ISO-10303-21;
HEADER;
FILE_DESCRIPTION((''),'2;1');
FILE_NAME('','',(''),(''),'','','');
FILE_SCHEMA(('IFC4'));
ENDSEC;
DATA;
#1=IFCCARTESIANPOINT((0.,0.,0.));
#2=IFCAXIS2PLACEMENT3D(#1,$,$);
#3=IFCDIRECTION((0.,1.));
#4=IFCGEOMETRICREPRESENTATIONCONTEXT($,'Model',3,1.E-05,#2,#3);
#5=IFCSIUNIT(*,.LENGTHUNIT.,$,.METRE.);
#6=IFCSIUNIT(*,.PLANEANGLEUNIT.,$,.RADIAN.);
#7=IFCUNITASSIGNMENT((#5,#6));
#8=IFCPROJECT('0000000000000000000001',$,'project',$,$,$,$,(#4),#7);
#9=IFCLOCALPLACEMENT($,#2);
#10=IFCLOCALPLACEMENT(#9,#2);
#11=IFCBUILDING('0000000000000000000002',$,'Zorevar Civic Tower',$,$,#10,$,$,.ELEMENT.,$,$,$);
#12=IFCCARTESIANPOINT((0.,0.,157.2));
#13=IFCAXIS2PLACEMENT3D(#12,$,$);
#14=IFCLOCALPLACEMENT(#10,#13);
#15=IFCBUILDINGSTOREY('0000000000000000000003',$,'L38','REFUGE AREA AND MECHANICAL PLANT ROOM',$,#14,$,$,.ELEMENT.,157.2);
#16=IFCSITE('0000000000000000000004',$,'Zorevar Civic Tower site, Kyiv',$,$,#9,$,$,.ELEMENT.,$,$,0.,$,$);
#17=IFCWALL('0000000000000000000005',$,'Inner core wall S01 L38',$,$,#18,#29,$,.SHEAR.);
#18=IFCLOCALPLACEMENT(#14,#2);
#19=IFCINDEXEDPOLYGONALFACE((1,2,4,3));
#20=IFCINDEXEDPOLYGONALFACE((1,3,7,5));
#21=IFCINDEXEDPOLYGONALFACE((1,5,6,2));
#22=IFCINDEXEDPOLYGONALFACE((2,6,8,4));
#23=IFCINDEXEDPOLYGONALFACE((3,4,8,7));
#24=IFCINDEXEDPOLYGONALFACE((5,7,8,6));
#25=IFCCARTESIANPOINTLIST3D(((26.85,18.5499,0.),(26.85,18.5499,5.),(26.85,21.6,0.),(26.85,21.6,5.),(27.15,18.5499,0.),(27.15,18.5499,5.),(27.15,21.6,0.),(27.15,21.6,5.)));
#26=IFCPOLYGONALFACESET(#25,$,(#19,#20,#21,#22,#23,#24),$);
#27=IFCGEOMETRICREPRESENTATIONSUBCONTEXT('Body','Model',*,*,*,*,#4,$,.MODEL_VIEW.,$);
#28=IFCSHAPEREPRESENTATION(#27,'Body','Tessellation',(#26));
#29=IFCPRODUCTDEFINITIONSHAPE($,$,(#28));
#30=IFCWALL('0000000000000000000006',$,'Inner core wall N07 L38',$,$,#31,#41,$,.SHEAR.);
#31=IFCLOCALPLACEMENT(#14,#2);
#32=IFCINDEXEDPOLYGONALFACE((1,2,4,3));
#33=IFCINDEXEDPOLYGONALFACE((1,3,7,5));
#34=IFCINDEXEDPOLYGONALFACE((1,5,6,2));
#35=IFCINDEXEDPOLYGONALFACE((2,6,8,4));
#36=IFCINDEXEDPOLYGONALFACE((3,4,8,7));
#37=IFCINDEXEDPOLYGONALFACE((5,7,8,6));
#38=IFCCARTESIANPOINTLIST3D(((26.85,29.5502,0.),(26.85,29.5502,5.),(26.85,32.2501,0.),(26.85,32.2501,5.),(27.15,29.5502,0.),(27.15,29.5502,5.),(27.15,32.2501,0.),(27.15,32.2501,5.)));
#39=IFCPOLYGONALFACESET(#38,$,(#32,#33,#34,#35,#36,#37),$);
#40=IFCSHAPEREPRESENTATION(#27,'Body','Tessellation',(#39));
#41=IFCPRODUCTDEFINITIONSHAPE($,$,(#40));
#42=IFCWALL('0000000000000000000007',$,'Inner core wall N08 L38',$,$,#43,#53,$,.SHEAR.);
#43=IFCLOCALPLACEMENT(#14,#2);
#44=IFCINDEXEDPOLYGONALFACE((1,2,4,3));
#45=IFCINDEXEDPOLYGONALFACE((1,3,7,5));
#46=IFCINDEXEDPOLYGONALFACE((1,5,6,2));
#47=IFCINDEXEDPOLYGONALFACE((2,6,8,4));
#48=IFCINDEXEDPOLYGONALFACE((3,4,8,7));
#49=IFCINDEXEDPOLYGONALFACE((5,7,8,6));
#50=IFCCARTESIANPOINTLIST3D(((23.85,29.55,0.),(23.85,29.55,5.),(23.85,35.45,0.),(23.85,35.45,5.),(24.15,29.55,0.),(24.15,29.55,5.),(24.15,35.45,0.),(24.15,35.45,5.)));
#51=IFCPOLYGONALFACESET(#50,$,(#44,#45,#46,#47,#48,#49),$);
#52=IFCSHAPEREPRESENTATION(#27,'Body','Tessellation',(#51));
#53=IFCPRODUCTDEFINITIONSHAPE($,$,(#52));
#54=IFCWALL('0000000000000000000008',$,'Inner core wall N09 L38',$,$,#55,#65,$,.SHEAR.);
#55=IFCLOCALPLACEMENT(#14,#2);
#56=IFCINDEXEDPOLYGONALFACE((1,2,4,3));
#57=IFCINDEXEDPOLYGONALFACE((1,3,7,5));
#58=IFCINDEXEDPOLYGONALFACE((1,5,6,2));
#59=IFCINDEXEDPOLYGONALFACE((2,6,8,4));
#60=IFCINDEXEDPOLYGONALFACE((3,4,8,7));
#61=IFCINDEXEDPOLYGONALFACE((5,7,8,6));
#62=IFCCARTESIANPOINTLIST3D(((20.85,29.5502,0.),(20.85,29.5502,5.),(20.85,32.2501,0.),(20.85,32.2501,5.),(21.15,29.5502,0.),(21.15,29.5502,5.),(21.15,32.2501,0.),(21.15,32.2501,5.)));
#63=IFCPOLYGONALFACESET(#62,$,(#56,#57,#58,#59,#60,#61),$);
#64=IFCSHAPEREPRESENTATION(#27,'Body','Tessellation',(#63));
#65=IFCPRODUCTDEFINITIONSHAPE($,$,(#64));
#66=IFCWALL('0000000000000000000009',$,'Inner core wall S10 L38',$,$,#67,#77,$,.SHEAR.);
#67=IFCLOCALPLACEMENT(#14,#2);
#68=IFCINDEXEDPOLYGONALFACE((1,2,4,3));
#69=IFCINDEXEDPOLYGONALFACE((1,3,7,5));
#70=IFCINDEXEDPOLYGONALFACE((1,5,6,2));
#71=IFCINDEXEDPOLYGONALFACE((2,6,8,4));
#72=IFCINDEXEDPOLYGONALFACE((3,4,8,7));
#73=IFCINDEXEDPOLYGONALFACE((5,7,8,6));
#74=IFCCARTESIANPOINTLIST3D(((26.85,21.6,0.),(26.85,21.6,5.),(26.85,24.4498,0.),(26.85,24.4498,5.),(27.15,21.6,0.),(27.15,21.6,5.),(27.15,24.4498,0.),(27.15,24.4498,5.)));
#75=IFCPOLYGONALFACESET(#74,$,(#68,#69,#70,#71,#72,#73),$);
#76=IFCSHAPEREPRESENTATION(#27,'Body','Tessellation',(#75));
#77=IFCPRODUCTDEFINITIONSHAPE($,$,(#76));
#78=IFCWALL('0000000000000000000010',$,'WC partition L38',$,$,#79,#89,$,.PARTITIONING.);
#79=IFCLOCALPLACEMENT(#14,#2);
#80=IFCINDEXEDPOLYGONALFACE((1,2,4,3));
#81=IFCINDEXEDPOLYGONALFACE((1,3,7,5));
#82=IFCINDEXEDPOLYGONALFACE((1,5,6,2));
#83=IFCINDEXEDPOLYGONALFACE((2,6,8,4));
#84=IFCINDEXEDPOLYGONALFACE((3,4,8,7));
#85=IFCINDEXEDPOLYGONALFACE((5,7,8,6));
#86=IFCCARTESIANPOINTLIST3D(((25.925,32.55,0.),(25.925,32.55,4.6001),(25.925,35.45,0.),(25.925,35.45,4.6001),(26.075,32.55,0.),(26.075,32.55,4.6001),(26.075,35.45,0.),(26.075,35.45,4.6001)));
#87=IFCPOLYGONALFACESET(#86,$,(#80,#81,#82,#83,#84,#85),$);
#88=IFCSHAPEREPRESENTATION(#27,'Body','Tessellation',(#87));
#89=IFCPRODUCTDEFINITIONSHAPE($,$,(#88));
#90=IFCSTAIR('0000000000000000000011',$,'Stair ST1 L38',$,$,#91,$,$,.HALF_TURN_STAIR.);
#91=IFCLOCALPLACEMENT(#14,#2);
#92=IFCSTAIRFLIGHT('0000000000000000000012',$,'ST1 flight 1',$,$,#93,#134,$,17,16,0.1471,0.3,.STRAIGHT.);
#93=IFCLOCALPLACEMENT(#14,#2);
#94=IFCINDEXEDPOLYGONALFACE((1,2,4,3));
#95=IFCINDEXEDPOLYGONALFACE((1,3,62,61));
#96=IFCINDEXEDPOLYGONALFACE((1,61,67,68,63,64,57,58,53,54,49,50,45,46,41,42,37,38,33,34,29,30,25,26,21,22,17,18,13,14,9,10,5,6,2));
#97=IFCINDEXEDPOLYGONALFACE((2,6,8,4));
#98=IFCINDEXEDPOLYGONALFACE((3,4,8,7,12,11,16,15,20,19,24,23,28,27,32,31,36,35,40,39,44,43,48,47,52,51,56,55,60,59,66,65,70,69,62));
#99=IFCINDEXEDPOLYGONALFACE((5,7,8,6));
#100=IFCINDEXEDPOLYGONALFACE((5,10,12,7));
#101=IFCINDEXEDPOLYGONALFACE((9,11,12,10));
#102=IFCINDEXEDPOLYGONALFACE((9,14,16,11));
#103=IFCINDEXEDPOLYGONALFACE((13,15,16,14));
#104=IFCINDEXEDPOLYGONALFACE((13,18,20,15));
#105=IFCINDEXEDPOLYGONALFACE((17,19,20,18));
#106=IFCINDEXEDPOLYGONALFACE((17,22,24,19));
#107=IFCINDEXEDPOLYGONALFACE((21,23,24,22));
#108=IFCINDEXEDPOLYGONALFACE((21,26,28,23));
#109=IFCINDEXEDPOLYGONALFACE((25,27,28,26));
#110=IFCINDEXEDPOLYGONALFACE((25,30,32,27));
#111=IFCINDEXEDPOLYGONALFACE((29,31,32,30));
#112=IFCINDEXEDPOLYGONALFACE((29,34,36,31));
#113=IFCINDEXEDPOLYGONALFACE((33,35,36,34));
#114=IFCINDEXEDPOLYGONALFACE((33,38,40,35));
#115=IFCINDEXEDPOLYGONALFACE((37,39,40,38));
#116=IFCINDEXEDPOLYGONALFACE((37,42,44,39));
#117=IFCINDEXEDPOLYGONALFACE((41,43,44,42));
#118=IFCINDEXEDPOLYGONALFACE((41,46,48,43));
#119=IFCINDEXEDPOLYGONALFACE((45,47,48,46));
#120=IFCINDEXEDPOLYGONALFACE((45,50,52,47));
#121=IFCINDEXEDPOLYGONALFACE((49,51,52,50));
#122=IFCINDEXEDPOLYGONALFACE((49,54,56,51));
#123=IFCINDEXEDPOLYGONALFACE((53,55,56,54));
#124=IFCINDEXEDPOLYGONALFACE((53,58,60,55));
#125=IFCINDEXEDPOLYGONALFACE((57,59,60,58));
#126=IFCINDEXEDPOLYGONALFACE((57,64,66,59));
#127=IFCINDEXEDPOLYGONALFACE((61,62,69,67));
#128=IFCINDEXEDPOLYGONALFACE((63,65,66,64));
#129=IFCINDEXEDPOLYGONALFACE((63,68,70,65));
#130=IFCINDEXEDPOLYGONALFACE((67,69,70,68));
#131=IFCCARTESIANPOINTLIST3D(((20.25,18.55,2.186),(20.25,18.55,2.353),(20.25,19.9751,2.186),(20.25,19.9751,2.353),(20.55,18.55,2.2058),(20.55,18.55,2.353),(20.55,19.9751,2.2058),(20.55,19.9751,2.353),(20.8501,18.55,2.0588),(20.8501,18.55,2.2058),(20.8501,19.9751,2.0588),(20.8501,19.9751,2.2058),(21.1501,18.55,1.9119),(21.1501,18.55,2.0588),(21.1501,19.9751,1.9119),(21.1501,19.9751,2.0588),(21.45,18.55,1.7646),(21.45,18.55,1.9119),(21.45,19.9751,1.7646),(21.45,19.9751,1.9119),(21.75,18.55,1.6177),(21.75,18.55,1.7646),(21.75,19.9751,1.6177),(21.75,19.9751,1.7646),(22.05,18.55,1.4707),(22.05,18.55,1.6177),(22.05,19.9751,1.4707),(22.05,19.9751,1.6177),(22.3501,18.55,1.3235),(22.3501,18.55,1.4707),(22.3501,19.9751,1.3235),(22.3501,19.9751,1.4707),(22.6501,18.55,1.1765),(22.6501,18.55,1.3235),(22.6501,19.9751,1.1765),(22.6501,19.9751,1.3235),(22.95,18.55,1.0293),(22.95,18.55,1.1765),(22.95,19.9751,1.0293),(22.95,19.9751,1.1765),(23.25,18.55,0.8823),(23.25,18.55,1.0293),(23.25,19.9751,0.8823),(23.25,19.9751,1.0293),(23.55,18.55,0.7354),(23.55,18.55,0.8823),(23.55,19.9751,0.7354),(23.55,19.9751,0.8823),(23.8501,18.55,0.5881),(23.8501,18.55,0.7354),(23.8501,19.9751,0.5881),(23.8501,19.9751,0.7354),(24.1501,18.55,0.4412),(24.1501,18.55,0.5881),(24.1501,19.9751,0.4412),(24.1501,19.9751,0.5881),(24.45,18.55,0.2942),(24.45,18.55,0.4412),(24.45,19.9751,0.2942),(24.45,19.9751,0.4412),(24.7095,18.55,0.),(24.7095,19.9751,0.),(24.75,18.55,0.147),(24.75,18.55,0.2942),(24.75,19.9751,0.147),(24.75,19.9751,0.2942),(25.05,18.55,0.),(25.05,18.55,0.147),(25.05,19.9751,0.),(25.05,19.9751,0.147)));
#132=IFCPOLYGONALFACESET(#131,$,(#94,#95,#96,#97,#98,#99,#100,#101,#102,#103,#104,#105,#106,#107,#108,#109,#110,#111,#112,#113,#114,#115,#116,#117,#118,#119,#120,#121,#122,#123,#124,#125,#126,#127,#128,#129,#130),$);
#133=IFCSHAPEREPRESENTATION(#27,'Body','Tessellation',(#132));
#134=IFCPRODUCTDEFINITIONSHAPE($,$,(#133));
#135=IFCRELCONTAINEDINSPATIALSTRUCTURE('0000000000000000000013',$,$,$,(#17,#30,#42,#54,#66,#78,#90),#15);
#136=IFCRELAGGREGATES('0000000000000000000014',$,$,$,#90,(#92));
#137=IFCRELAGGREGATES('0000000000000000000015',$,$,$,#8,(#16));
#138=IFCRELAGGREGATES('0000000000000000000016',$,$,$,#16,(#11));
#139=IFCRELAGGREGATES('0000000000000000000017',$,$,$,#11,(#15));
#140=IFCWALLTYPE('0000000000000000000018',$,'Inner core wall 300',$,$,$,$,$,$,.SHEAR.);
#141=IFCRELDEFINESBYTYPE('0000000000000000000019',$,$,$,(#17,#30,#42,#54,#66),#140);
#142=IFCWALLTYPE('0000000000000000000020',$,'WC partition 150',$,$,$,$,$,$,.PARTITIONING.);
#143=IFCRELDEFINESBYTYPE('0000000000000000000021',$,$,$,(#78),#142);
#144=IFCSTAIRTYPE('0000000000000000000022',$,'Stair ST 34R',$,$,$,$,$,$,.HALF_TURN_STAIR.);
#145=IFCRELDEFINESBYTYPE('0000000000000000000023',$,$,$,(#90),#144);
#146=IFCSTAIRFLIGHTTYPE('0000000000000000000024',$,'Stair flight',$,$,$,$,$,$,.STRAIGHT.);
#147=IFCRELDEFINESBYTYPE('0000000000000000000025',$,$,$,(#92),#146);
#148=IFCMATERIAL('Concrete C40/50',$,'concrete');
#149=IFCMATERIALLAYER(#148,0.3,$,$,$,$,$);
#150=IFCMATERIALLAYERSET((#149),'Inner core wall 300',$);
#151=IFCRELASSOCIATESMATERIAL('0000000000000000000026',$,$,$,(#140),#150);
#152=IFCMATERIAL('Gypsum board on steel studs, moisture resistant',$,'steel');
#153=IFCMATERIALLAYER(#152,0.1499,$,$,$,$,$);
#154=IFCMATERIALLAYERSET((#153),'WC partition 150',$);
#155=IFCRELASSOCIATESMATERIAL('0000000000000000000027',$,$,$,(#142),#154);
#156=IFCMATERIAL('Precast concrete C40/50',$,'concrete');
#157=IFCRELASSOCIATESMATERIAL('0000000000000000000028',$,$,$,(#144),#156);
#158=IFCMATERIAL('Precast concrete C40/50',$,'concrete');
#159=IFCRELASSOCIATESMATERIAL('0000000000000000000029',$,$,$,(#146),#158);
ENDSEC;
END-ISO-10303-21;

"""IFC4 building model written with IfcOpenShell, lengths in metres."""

from ifc_helpers import new_model, si_unit, direction, frame, frame_2d, origin, place, context, subcontext, project, spatial, polyline, rectangle, outline, extrude, material, layer, layer_set, type_object, element, aggregate, save


model = new_model("IFC4")

# Units and contexts
model_context = context("Model", 3, precision=1e-05, world=origin(), true_north=direction((0.0, 1.0)))
body_context = subcontext(model_context, "Body", "Model", "MODEL_VIEW")
ifc_project = project(units=[si_unit("LENGTHUNIT", "METRE"), si_unit("PLANEANGLEUNIT", "RADIAN")], contexts=[model_context])

# Site, building, storey
site_placement = place(None, origin())
site = spatial("IfcSite", under=ifc_project, at=site_placement, Name="Zorevar Civic Tower site, Kyiv", CompositionType="ELEMENT", RefElevation=0.0)
building_placement = place(site_placement, origin())
building = spatial("IfcBuilding", under=site, at=building_placement, Name="Zorevar Civic Tower", CompositionType="ELEMENT")
storey_placement = place(building_placement, frame((0.0, 0.0, 157.2)))
storey = spatial("IfcBuildingStorey", under=building, at=storey_placement, Name="L38", Description="REFUGE AREA AND MECHANICAL PLANT ROOM", CompositionType="ELEMENT", Elevation=157.2)

# Wall
ifc_material_1 = material(Name="Concrete C40/50", Category="concrete")
ifc_layer_1 = layer(ifc_material_1, 0.3)
ifc_layer_set_1 = layer_set([ifc_layer_1], Name="Inner core wall 300")
wall_type_1 = type_object("IfcWallType", Name="Inner core wall 300", PredefinedType="SHEAR", material=ifc_layer_set_1)
wall_1_placement = place(storey_placement, frame((27.0, 18.55, 0.0), z_axis=(0.0, 0.0, 1.0), x_axis=(0.0, 1.0, 0.0)))
element("IfcWall", 1, at=wall_1_placement, inside=storey, type_object=wall_type_1, Name="Inner core wall S01 L38", PredefinedType="SHEAR", context=body_context, shape_type="SweptSolid", body=[
    extrude(rectangle(XDim=3.05, YDim=0.3, at=frame_2d((1.5249, 0.0))), origin(), (0.0, 0.0, 1.0), 5.0),
])

# Walls
wall_2_placement = place(storey_placement, frame((27.0, 29.55, 0.0), z_axis=(0.0, 0.0, 1.0), x_axis=(0.0, 1.0, 0.0)))
element("IfcWall", 2, at=wall_2_placement, inside=storey, type_object=wall_type_1, Name="Inner core wall N07 L38", PredefinedType="SHEAR", context=body_context, shape_type="SweptSolid", body=[
    extrude(rectangle(XDim=2.7, YDim=0.3, at=frame_2d((1.3501, 0.0))), origin(), (0.0, 0.0, 1.0), 5.0),
])
wall_3_placement = place(storey_placement, frame((24.0, 29.55, 0.0), z_axis=(0.0, 0.0, 1.0), x_axis=(0.0, 1.0, 0.0)))
element("IfcWall", 3, at=wall_3_placement, inside=storey, type_object=wall_type_1, Name="Inner core wall N08 L38", PredefinedType="SHEAR", context=body_context, shape_type="SweptSolid", body=[
    extrude(rectangle(XDim=5.8999, YDim=0.3, at=frame_2d((2.95, 0.0))), origin(), (0.0, 0.0, 1.0), 5.0),
])
wall_4_placement = place(storey_placement, frame((21.0, 29.55, 0.0), z_axis=(0.0, 0.0, 1.0), x_axis=(0.0, 1.0, 0.0)))
element("IfcWall", 4, at=wall_4_placement, inside=storey, type_object=wall_type_1, Name="Inner core wall N09 L38", PredefinedType="SHEAR", context=body_context, shape_type="SweptSolid", body=[
    extrude(rectangle(XDim=2.7, YDim=0.3, at=frame_2d((1.3501, 0.0))), origin(), (0.0, 0.0, 1.0), 5.0),
])
wall_5_placement = place(storey_placement, frame((27.0, 21.6001, 0.0), z_axis=(0.0, 0.0, 1.0), x_axis=(0.0, 1.0, 0.0)))
element("IfcWall", 5, at=wall_5_placement, inside=storey, type_object=wall_type_1, Name="Inner core wall S10 L38", PredefinedType="SHEAR", context=body_context, shape_type="SweptSolid", body=[
    extrude(rectangle(XDim=2.8499, YDim=0.3, at=frame_2d((1.4248, 0.0))), origin(), (0.0, 0.0, 1.0), 5.0),
])
ifc_material_2 = material(Name="Gypsum board on steel studs, moisture resistant", Category="steel")
ifc_layer_2 = layer(ifc_material_2, 0.1499)
ifc_layer_set_2 = layer_set([ifc_layer_2], Name="WC partition 150")
wall_type_2 = type_object("IfcWallType", Name="WC partition 150", PredefinedType="PARTITIONING", material=ifc_layer_set_2)
wall_6_placement = place(storey_placement, frame((26.0, 32.55, 0.0), z_axis=(0.0, 0.0, 1.0), x_axis=(0.0, 1.0, 0.0)))
element("IfcWall", 6, at=wall_6_placement, inside=storey, type_object=wall_type_2, Name="WC partition L38", PredefinedType="PARTITIONING", context=body_context, shape_type="SweptSolid", body=[
    extrude(rectangle(XDim=2.8999, YDim=0.1499, at=frame_2d((1.45, 0.0))), origin(), (0.0, 0.0, 1.0), 4.6001),
])

# Stair, stair flight
ifc_material_3 = material(Name="Precast concrete C40/50", Category="concrete")
stair_type = type_object("IfcStairType", Name="Stair ST 34R", PredefinedType="HALF_TURN_STAIR", material=ifc_material_3)
stair_placement = place(storey_placement, origin())
stair = element("IfcStair", 7, at=stair_placement, inside=storey, type_object=stair_type, Name="Stair ST1 L38", PredefinedType="HALF_TURN_STAIR")
ifc_material_4 = material(Name="Precast concrete C40/50", Category="concrete")
stair_flight_type = type_object("IfcStairFlightType", Name="Stair flight", PredefinedType="STRAIGHT", material=ifc_material_4)
stair_flight_placement = place(storey_placement, frame((25.05, 19.2625, 0.0), z_axis=(0.0, 0.0, 1.0), x_axis=(-1.0, 0.0, 0.0)))
stair_flight = element("IfcStairFlight", 8, at=stair_flight_placement, type_object=stair_flight_type, Name="ST1 flight 1", NumberOfRisers=17, NumberOfTreads=16, PredefinedType="STRAIGHT", RiserHeight=0.1471, TreadLength=0.3, context=body_context, shape_type="SweptSolid", body=[
    extrude(outline(polyline([(0.0, 0.0), (0.0, 0.147), (0.3, 0.147), (0.3, 0.2942), (0.6001, 0.2942), (0.6001, 0.4412), (0.8999, 0.4412), (0.8999, 0.5881), (1.2, 0.5881), (1.2, 0.7354), (1.5, 0.7354), (1.5, 0.8823), (1.8, 0.8823), (1.8, 1.0293), (2.1001, 1.0293), (2.1001, 1.1765), (2.3999, 1.1765), (2.3999, 1.3235), (2.7, 1.3235), (2.7, 1.4707), (3.0, 1.4707), (3.0, 1.6177), (3.3, 1.6177), (3.3, 1.7646), (3.6001, 1.7646), (3.6001, 1.9119), (3.8999, 1.9119), (3.8999, 2.0588), (4.2, 2.0588), (4.2, 2.2058), (4.5, 2.2058), (4.5, 2.353), (4.8, 2.353), (4.8, 2.5), (4.8, 2.186), (0.3406, 0.0), (0.0, 0.0)])), frame((0.0, 0.7124, 0.0), z_axis=(0.0, -1.0, 0.0), x_axis=(1.0, 0.0, 0.0)), (0.0, 0.0, 1.0), 1.425),
])
aggregate(stair, [stair_flight])

save(model, "model.ifc")
